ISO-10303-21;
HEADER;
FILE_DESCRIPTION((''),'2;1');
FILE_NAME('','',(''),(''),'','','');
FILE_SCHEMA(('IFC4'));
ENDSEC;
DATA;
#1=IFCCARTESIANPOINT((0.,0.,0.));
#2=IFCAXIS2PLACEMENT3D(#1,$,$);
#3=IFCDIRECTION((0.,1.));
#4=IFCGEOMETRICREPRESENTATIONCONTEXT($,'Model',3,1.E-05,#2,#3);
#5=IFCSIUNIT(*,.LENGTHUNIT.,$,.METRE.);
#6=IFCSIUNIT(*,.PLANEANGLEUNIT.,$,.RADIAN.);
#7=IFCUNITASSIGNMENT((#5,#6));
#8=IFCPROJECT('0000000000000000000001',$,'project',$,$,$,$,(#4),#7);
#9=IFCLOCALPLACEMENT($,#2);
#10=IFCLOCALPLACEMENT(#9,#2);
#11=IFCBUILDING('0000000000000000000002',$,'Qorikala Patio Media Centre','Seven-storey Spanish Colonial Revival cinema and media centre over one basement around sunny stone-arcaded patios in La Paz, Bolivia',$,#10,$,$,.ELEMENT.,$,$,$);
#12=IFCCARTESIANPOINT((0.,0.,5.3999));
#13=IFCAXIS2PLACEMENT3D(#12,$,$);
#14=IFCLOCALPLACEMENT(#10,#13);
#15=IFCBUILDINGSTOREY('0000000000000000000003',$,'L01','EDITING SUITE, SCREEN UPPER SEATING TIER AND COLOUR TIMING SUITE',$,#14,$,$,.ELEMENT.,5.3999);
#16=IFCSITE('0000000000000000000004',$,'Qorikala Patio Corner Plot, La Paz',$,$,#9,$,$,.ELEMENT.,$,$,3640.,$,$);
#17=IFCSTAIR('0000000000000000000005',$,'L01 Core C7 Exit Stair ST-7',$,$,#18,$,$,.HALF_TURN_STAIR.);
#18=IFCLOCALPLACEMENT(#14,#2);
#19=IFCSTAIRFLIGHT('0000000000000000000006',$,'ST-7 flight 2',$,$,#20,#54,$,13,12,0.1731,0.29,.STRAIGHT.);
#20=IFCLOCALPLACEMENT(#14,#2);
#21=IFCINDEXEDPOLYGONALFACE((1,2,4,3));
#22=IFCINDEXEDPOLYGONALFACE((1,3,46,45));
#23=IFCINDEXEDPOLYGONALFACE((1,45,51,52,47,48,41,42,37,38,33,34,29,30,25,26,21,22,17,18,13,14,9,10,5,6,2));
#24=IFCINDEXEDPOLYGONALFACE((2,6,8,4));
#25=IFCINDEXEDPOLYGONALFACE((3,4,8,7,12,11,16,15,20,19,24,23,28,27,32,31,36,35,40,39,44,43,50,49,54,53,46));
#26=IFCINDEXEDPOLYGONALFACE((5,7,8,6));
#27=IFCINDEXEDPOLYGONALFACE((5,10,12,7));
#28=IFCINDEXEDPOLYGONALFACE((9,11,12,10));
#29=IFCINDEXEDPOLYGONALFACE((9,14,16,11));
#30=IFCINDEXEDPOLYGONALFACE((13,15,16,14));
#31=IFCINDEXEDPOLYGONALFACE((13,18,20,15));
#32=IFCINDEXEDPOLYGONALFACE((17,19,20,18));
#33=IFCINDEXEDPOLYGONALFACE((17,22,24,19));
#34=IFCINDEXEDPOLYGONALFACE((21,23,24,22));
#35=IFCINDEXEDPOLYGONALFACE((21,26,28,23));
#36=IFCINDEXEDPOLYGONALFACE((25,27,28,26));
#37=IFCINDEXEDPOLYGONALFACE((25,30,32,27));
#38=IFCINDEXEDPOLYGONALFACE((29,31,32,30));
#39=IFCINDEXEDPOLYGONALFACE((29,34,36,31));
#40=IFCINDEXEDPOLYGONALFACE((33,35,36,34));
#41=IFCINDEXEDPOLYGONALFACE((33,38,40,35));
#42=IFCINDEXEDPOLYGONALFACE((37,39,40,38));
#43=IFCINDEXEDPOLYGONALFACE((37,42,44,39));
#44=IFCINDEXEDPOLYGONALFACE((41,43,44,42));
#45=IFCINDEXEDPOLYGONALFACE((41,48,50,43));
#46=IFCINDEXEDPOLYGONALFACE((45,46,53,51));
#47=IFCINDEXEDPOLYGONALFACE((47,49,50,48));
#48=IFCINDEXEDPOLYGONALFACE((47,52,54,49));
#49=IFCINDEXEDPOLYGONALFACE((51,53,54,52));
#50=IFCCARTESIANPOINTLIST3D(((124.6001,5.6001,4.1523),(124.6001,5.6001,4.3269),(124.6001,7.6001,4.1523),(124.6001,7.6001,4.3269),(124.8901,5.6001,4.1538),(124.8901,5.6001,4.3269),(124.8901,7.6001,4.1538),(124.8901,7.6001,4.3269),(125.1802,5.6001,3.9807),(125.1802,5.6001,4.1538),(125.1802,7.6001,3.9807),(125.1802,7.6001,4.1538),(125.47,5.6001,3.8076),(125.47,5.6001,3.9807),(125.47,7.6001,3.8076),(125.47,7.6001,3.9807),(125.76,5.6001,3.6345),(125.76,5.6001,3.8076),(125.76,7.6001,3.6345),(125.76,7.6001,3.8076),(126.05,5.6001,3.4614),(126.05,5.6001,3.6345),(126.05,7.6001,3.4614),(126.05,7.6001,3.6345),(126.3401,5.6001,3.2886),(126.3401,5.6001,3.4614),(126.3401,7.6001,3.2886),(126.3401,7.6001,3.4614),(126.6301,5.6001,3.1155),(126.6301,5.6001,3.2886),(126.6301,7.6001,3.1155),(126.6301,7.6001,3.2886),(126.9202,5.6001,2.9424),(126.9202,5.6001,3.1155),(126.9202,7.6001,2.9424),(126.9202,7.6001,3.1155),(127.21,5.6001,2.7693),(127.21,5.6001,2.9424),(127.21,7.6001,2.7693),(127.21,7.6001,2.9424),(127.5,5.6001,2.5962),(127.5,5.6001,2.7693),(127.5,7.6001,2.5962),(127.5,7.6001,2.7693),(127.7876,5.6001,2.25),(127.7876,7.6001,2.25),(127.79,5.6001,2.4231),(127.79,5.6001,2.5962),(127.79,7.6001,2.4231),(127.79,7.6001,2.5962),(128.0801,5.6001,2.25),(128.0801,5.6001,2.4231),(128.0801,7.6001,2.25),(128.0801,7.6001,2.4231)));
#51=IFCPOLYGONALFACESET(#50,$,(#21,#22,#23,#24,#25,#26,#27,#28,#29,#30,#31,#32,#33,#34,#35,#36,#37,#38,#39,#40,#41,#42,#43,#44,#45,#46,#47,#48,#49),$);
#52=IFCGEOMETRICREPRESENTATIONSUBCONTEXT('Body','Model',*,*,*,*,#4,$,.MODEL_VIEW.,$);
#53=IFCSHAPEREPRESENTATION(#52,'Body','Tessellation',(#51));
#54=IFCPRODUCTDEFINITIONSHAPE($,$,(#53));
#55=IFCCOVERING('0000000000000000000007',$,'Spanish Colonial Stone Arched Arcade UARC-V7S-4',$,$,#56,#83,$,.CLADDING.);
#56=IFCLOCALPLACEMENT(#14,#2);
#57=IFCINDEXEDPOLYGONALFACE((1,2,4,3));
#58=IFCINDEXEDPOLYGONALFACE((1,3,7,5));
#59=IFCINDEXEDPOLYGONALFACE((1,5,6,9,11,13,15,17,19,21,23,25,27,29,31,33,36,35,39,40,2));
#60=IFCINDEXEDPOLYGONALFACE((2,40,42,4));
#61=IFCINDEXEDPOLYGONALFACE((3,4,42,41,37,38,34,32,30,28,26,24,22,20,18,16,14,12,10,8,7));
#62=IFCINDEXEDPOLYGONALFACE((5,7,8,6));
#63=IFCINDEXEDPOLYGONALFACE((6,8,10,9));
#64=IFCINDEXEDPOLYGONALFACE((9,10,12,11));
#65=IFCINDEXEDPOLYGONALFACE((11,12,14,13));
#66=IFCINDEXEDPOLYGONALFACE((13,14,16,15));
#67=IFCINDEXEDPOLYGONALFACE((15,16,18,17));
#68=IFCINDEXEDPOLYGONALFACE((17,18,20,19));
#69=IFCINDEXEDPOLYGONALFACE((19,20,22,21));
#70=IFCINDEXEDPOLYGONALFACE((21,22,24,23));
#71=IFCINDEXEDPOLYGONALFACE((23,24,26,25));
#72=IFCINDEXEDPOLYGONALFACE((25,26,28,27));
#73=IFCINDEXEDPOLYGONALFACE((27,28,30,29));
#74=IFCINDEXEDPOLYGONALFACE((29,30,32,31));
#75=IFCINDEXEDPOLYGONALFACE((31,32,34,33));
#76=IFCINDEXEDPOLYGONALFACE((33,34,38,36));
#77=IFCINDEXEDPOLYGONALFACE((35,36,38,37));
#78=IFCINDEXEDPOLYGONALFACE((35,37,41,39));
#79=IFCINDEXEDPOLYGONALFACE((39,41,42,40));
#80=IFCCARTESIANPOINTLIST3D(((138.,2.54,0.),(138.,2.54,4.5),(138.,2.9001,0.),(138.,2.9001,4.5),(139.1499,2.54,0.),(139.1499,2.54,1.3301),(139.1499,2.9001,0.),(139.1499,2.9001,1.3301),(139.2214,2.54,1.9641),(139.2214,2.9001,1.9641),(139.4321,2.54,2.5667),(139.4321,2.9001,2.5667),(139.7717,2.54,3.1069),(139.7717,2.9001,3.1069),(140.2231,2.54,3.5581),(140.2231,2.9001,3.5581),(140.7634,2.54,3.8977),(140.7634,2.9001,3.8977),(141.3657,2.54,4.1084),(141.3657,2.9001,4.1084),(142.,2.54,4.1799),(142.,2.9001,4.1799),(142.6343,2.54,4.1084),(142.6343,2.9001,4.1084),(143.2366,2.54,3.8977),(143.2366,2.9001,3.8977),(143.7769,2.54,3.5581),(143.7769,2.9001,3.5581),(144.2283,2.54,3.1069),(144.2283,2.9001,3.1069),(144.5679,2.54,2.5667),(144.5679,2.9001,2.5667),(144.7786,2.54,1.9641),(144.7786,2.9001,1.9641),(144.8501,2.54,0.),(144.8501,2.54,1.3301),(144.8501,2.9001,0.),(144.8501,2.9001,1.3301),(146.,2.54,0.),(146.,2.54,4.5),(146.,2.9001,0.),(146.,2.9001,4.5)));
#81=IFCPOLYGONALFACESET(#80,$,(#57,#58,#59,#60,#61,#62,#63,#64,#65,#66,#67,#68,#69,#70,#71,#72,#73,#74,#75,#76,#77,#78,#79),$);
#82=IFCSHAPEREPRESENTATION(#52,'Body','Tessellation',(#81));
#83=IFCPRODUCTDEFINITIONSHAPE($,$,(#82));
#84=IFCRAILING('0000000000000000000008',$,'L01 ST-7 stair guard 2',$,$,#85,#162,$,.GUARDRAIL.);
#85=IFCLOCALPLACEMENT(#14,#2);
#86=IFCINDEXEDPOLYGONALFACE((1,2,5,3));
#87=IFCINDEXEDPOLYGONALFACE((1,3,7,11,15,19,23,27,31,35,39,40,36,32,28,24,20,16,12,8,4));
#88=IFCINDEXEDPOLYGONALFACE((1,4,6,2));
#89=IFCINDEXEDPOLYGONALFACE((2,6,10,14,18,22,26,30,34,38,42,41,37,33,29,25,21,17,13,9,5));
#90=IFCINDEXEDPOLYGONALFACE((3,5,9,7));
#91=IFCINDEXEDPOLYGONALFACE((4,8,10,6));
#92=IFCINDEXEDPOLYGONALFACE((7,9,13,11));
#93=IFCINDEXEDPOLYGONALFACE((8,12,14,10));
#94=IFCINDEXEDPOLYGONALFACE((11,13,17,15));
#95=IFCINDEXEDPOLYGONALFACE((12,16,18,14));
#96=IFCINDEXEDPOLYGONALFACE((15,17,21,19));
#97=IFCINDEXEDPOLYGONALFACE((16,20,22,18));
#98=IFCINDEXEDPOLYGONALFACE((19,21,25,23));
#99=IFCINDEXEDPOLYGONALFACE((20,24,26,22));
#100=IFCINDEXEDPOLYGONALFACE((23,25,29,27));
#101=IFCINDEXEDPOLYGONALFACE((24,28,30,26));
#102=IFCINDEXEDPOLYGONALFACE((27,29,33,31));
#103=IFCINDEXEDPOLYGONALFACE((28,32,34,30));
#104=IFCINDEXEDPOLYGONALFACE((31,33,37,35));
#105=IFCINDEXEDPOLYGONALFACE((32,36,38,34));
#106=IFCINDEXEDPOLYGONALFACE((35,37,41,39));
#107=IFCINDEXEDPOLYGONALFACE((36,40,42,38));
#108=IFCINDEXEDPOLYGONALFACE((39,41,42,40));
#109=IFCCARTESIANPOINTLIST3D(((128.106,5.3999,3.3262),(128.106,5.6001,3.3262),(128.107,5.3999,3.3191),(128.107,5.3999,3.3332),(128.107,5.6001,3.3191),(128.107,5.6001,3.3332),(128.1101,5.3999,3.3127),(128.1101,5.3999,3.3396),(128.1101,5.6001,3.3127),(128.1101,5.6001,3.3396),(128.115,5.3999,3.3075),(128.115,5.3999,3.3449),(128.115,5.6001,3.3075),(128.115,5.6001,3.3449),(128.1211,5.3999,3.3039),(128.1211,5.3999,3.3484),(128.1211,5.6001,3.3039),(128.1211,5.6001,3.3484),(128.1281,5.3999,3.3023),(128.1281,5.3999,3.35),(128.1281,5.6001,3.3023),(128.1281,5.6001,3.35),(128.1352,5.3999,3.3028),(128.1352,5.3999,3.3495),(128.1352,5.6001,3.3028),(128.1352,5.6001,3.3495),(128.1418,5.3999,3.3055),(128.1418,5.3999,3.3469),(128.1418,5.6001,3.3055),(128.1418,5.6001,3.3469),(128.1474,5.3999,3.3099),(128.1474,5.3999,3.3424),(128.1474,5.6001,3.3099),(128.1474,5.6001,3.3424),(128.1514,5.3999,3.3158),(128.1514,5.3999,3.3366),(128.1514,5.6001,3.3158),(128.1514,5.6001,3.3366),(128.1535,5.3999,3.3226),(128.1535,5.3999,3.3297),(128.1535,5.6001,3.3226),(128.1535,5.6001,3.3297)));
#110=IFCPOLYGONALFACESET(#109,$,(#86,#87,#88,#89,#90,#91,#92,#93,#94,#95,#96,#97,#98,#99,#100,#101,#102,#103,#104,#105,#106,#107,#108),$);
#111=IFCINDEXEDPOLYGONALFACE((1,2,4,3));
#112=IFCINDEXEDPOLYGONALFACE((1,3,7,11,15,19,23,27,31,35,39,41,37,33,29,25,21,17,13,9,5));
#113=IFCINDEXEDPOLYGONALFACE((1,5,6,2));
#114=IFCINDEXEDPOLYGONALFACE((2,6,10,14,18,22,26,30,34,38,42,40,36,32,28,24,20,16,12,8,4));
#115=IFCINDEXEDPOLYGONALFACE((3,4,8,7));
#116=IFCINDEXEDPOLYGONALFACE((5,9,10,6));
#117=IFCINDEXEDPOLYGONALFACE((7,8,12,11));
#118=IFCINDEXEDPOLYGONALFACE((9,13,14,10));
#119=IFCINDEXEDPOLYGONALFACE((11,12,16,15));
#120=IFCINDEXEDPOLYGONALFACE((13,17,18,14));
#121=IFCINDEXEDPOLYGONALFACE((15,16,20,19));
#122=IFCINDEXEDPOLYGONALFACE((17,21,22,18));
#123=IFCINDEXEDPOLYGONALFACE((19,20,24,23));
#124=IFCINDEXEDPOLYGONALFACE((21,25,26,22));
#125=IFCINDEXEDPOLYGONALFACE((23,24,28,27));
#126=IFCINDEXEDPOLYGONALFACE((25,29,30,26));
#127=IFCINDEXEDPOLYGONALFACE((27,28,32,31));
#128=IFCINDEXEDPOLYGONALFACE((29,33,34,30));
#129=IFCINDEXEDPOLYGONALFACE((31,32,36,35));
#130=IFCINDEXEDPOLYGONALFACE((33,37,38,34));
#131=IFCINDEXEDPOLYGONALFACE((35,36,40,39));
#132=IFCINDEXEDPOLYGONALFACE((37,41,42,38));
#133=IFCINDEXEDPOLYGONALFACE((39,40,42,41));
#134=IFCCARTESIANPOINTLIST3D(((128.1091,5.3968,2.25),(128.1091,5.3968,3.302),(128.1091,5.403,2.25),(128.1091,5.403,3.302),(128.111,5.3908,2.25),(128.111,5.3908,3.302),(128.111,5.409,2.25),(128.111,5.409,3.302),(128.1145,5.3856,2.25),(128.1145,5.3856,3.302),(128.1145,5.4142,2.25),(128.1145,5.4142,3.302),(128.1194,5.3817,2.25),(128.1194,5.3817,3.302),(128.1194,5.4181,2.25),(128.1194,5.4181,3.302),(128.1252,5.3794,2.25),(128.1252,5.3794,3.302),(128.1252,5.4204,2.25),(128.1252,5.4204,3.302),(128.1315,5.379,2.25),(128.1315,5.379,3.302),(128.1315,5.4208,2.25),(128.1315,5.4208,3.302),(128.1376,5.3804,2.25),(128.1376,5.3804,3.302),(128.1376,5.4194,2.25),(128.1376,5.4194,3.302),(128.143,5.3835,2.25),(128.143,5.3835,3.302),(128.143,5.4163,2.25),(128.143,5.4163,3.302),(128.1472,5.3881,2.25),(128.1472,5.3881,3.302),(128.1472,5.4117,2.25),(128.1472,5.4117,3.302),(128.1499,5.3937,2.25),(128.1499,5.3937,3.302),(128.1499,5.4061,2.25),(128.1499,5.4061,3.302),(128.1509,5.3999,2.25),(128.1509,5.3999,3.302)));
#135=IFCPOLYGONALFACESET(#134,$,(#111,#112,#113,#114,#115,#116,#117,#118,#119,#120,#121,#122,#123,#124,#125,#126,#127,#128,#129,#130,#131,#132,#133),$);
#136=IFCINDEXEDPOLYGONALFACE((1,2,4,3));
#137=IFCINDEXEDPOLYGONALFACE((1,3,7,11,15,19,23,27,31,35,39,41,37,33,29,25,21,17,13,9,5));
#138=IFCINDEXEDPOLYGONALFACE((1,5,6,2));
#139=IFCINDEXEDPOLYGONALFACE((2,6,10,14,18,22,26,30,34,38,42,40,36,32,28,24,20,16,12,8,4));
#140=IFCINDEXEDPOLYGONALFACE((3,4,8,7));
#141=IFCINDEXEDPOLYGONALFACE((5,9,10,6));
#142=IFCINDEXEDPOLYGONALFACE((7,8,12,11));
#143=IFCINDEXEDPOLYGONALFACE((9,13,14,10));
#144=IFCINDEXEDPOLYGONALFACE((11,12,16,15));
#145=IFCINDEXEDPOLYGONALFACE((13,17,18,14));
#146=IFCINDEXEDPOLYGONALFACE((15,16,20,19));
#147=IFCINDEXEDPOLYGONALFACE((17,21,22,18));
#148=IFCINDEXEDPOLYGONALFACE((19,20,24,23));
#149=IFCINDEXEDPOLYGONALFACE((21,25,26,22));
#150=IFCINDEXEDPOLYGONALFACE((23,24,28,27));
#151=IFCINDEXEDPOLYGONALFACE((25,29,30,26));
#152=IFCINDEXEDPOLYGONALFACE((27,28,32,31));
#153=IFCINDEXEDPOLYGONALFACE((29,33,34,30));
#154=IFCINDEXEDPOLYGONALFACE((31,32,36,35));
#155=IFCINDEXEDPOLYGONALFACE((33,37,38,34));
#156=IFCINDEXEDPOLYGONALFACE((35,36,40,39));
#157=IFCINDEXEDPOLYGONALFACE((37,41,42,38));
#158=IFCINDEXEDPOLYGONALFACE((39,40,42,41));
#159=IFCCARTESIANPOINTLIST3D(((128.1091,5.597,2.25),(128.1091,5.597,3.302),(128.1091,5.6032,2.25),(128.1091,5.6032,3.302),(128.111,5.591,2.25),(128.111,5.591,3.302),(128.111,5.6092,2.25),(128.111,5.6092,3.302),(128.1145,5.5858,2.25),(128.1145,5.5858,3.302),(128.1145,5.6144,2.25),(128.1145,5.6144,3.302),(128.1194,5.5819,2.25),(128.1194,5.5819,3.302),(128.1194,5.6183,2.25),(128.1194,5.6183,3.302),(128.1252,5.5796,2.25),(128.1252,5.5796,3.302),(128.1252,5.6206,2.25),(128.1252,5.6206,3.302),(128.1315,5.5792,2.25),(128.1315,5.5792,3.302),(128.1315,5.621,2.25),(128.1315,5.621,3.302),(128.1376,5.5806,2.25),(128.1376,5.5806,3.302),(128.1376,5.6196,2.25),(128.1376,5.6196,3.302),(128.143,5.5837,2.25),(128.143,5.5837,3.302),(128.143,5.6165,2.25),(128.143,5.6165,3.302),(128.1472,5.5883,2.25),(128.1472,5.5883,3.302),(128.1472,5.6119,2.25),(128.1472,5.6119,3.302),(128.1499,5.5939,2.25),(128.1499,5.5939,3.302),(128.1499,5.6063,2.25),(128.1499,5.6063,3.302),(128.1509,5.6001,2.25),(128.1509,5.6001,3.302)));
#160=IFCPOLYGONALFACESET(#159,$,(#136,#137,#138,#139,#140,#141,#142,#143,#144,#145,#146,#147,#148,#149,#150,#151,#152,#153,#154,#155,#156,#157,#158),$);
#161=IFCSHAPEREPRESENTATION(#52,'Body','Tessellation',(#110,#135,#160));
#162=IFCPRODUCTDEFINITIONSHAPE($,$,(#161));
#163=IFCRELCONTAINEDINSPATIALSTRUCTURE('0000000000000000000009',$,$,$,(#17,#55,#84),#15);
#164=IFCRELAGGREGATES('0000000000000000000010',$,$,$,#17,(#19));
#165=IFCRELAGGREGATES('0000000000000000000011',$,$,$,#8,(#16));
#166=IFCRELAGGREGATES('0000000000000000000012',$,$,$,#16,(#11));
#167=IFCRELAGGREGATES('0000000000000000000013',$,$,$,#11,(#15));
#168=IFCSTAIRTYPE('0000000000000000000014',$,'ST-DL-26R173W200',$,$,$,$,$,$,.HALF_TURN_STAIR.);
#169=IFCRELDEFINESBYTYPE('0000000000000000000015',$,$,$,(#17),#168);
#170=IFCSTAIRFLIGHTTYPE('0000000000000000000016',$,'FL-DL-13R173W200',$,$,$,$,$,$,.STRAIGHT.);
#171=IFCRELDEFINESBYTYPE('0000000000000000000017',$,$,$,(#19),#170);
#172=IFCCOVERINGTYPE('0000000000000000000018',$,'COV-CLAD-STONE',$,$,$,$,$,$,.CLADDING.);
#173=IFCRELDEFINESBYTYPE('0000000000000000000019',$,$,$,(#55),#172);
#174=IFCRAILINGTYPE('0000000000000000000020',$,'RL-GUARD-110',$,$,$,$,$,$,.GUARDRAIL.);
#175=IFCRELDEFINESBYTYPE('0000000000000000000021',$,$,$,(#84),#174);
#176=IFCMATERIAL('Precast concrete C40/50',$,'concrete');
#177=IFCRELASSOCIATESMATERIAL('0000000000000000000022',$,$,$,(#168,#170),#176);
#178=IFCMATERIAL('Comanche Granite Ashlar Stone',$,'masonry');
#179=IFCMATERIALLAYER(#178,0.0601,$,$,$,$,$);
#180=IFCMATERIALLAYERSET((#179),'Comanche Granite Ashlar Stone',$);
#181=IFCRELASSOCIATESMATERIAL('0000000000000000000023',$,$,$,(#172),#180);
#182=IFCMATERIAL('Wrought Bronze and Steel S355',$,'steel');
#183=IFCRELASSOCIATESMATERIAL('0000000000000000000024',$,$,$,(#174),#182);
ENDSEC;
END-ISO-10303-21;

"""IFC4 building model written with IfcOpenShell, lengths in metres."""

from ifc_helpers import new_model, si_unit, direction, frame, origin, origin_2d, place, context, subcontext, project, spatial, polyline, circle, outline, extrude, material, layer, layer_set, type_object, element, aggregate, save


model = new_model("IFC4")

# Units and contexts
model_context = context("Model", 3, precision=1e-05, world=origin(), true_north=direction((0.0, 1.0)))
body_context = subcontext(model_context, "Body", "Model", "MODEL_VIEW")
ifc_project = project(units=[si_unit("LENGTHUNIT", "METRE"), si_unit("PLANEANGLEUNIT", "RADIAN")], contexts=[model_context])

# Site, building, storey
site_placement = place(None, origin())
site = spatial("IfcSite", under=ifc_project, at=site_placement, Name="Qorikala Patio Corner Plot, La Paz", CompositionType="ELEMENT", RefElevation=3640.0)
building_placement = place(site_placement, origin())
building = spatial("IfcBuilding", under=site, at=building_placement, Name="Qorikala Patio Media Centre", Description="Seven-storey Spanish Colonial Revival cinema and media centre over one basement around sunny stone-arcaded patios in La Paz, Bolivia", CompositionType="ELEMENT")
storey_placement = place(building_placement, frame((0.0, 0.0, 5.3999)))
storey = spatial("IfcBuildingStorey", under=building, at=storey_placement, Name="L01", Description="EDITING SUITE, SCREEN UPPER SEATING TIER AND COLOUR TIMING SUITE", CompositionType="ELEMENT", Elevation=5.3999)

# Stair, stair flight
ifc_material_1 = material(Name="Precast concrete C40/50", Category="concrete")
stair_type = type_object("IfcStairType", Name="ST-DL-26R173W200", PredefinedType="HALF_TURN_STAIR", material=ifc_material_1)
stair_placement = place(storey_placement, origin())
stair = element("IfcStair", 1, at=stair_placement, inside=storey, type_object=stair_type, Name="L01 Core C7 Exit Stair ST-7", PredefinedType="HALF_TURN_STAIR")
stair_flight_type = type_object("IfcStairFlightType", Name="FL-DL-13R173W200", PredefinedType="STRAIGHT", material=ifc_material_1)
stair_flight_placement = place(storey_placement, frame((128.0801, 6.6001, 2.25), z_axis=(0.0, 0.0, 1.0), x_axis=(-1.0, 0.0, 0.0)))
stair_flight = element("IfcStairFlight", 2, at=stair_flight_placement, type_object=stair_flight_type, Name="ST-7 flight 2", NumberOfRisers=13, NumberOfTreads=12, PredefinedType="STRAIGHT", RiserHeight=0.1731, TreadLength=0.29, context=body_context, shape_type="SweptSolid", body=[
    extrude(outline(polyline([(0.0, 0.0), (0.0, 0.1731), (0.29, 0.1731), (0.29, 0.3462), (0.5801, 0.3462), (0.5801, 0.5193), (0.8701, 0.5193), (0.8701, 0.6924), (1.1599, 0.6924), (1.1599, 0.8655), (1.45, 0.8655), (1.45, 1.0386), (1.74, 1.0386), (1.74, 1.2114), (2.03, 1.2114), (2.03, 1.3845), (2.3201, 1.3845), (2.3201, 1.5576), (2.6101, 1.5576), (2.6101, 1.7307), (2.8999, 1.7307), (2.8999, 1.9038), (3.1899, 1.9038), (3.1899, 2.0769), (3.48, 2.0769), (3.48, 2.25), (3.48, 1.9023), (0.2925, 0.0), (0.0, 0.0)])), frame((0.0, 1.0, 0.0), z_axis=(0.0, -1.0, 0.0), x_axis=(1.0, 0.0, 0.0)), (0.0, 0.0, 1.0), 2.0),
])
aggregate(stair, [stair_flight])

# Covering
ifc_material_2 = material(Name="Comanche Granite Ashlar Stone", Category="masonry")
ifc_layer_1 = layer(ifc_material_2, 0.0601)
ifc_layer_set_1 = layer_set([ifc_layer_1], Name="Comanche Granite Ashlar Stone")
covering_type = type_object("IfcCoveringType", Name="COV-CLAD-STONE", PredefinedType="CLADDING", material=ifc_layer_set_1)
covering_placement = place(storey_placement, frame((138.0, 2.72, 0.0), z_axis=(0.0, 0.0, 1.0), x_axis=(1.0, 0.0, 0.0)))
element("IfcCovering", 3, at=covering_placement, inside=storey, type_object=covering_type, Name="Spanish Colonial Stone Arched Arcade UARC-V7S-4", PredefinedType="CLADDING", context=body_context, shape_type="SweptSolid", body=[
    extrude(outline(polyline([(0.0, 0.0), (1.1499, 0.0), (1.1499, 1.3301), (1.2214, 1.9641), (1.4321, 2.5667), (1.7717, 3.1069), (2.2231, 3.5581), (2.7634, 3.8977), (3.3657, 4.1084), (4.0, 4.1799), (4.6343, 4.1084), (5.2366, 3.8977), (5.7769, 3.5581), (6.2283, 3.1069), (6.5679, 2.5667), (6.7786, 1.9641), (6.8501, 1.3301), (6.8501, 0.0), (8.0, 0.0), (8.0, 4.5), (0.0, 4.5), (0.0, 0.0)])), frame((0.0, 0.1802, 0.0), z_axis=(0.0, -1.0, 0.0), x_axis=(1.0, 0.0, 0.0)), (0.0, 0.0, 1.0), 0.3601),
])

# Railing
ifc_material_3 = material(Name="Wrought Bronze and Steel S355", Category="steel")
railing_type_1 = type_object("IfcRailingType", Name="RL-GUARD-110", PredefinedType="GUARDRAIL", material=ifc_material_3)
railing_1_placement = place(storey_placement, frame((128.1299, 5.3999, 2.25)))
element("IfcRailing", 4, at=railing_1_placement, inside=storey, type_object=railing_type_1, Name="L01 ST-7 stair guard 2", PredefinedType="GUARDRAIL", context=body_context, shape_type="SweptSolid", body=[
    extrude(circle(Radius=0.0239, at=origin_2d()), frame((0.0, 0.0, 1.0762), z_axis=(0.0, 1.0, 0.0), x_axis=(-1.0, 0.0, 0.0)), (0.0, 0.0, 1.0), 0.2002),
    extrude(circle(Radius=0.021, at=origin_2d()), origin(), (0.0, 0.0, 1.0), 1.052),
    extrude(circle(Radius=0.021, at=origin_2d()), frame((0.0, 0.2002, 0.0)), (0.0, 0.0, 1.0), 1.052),
])

save(model, "model.ifc")
